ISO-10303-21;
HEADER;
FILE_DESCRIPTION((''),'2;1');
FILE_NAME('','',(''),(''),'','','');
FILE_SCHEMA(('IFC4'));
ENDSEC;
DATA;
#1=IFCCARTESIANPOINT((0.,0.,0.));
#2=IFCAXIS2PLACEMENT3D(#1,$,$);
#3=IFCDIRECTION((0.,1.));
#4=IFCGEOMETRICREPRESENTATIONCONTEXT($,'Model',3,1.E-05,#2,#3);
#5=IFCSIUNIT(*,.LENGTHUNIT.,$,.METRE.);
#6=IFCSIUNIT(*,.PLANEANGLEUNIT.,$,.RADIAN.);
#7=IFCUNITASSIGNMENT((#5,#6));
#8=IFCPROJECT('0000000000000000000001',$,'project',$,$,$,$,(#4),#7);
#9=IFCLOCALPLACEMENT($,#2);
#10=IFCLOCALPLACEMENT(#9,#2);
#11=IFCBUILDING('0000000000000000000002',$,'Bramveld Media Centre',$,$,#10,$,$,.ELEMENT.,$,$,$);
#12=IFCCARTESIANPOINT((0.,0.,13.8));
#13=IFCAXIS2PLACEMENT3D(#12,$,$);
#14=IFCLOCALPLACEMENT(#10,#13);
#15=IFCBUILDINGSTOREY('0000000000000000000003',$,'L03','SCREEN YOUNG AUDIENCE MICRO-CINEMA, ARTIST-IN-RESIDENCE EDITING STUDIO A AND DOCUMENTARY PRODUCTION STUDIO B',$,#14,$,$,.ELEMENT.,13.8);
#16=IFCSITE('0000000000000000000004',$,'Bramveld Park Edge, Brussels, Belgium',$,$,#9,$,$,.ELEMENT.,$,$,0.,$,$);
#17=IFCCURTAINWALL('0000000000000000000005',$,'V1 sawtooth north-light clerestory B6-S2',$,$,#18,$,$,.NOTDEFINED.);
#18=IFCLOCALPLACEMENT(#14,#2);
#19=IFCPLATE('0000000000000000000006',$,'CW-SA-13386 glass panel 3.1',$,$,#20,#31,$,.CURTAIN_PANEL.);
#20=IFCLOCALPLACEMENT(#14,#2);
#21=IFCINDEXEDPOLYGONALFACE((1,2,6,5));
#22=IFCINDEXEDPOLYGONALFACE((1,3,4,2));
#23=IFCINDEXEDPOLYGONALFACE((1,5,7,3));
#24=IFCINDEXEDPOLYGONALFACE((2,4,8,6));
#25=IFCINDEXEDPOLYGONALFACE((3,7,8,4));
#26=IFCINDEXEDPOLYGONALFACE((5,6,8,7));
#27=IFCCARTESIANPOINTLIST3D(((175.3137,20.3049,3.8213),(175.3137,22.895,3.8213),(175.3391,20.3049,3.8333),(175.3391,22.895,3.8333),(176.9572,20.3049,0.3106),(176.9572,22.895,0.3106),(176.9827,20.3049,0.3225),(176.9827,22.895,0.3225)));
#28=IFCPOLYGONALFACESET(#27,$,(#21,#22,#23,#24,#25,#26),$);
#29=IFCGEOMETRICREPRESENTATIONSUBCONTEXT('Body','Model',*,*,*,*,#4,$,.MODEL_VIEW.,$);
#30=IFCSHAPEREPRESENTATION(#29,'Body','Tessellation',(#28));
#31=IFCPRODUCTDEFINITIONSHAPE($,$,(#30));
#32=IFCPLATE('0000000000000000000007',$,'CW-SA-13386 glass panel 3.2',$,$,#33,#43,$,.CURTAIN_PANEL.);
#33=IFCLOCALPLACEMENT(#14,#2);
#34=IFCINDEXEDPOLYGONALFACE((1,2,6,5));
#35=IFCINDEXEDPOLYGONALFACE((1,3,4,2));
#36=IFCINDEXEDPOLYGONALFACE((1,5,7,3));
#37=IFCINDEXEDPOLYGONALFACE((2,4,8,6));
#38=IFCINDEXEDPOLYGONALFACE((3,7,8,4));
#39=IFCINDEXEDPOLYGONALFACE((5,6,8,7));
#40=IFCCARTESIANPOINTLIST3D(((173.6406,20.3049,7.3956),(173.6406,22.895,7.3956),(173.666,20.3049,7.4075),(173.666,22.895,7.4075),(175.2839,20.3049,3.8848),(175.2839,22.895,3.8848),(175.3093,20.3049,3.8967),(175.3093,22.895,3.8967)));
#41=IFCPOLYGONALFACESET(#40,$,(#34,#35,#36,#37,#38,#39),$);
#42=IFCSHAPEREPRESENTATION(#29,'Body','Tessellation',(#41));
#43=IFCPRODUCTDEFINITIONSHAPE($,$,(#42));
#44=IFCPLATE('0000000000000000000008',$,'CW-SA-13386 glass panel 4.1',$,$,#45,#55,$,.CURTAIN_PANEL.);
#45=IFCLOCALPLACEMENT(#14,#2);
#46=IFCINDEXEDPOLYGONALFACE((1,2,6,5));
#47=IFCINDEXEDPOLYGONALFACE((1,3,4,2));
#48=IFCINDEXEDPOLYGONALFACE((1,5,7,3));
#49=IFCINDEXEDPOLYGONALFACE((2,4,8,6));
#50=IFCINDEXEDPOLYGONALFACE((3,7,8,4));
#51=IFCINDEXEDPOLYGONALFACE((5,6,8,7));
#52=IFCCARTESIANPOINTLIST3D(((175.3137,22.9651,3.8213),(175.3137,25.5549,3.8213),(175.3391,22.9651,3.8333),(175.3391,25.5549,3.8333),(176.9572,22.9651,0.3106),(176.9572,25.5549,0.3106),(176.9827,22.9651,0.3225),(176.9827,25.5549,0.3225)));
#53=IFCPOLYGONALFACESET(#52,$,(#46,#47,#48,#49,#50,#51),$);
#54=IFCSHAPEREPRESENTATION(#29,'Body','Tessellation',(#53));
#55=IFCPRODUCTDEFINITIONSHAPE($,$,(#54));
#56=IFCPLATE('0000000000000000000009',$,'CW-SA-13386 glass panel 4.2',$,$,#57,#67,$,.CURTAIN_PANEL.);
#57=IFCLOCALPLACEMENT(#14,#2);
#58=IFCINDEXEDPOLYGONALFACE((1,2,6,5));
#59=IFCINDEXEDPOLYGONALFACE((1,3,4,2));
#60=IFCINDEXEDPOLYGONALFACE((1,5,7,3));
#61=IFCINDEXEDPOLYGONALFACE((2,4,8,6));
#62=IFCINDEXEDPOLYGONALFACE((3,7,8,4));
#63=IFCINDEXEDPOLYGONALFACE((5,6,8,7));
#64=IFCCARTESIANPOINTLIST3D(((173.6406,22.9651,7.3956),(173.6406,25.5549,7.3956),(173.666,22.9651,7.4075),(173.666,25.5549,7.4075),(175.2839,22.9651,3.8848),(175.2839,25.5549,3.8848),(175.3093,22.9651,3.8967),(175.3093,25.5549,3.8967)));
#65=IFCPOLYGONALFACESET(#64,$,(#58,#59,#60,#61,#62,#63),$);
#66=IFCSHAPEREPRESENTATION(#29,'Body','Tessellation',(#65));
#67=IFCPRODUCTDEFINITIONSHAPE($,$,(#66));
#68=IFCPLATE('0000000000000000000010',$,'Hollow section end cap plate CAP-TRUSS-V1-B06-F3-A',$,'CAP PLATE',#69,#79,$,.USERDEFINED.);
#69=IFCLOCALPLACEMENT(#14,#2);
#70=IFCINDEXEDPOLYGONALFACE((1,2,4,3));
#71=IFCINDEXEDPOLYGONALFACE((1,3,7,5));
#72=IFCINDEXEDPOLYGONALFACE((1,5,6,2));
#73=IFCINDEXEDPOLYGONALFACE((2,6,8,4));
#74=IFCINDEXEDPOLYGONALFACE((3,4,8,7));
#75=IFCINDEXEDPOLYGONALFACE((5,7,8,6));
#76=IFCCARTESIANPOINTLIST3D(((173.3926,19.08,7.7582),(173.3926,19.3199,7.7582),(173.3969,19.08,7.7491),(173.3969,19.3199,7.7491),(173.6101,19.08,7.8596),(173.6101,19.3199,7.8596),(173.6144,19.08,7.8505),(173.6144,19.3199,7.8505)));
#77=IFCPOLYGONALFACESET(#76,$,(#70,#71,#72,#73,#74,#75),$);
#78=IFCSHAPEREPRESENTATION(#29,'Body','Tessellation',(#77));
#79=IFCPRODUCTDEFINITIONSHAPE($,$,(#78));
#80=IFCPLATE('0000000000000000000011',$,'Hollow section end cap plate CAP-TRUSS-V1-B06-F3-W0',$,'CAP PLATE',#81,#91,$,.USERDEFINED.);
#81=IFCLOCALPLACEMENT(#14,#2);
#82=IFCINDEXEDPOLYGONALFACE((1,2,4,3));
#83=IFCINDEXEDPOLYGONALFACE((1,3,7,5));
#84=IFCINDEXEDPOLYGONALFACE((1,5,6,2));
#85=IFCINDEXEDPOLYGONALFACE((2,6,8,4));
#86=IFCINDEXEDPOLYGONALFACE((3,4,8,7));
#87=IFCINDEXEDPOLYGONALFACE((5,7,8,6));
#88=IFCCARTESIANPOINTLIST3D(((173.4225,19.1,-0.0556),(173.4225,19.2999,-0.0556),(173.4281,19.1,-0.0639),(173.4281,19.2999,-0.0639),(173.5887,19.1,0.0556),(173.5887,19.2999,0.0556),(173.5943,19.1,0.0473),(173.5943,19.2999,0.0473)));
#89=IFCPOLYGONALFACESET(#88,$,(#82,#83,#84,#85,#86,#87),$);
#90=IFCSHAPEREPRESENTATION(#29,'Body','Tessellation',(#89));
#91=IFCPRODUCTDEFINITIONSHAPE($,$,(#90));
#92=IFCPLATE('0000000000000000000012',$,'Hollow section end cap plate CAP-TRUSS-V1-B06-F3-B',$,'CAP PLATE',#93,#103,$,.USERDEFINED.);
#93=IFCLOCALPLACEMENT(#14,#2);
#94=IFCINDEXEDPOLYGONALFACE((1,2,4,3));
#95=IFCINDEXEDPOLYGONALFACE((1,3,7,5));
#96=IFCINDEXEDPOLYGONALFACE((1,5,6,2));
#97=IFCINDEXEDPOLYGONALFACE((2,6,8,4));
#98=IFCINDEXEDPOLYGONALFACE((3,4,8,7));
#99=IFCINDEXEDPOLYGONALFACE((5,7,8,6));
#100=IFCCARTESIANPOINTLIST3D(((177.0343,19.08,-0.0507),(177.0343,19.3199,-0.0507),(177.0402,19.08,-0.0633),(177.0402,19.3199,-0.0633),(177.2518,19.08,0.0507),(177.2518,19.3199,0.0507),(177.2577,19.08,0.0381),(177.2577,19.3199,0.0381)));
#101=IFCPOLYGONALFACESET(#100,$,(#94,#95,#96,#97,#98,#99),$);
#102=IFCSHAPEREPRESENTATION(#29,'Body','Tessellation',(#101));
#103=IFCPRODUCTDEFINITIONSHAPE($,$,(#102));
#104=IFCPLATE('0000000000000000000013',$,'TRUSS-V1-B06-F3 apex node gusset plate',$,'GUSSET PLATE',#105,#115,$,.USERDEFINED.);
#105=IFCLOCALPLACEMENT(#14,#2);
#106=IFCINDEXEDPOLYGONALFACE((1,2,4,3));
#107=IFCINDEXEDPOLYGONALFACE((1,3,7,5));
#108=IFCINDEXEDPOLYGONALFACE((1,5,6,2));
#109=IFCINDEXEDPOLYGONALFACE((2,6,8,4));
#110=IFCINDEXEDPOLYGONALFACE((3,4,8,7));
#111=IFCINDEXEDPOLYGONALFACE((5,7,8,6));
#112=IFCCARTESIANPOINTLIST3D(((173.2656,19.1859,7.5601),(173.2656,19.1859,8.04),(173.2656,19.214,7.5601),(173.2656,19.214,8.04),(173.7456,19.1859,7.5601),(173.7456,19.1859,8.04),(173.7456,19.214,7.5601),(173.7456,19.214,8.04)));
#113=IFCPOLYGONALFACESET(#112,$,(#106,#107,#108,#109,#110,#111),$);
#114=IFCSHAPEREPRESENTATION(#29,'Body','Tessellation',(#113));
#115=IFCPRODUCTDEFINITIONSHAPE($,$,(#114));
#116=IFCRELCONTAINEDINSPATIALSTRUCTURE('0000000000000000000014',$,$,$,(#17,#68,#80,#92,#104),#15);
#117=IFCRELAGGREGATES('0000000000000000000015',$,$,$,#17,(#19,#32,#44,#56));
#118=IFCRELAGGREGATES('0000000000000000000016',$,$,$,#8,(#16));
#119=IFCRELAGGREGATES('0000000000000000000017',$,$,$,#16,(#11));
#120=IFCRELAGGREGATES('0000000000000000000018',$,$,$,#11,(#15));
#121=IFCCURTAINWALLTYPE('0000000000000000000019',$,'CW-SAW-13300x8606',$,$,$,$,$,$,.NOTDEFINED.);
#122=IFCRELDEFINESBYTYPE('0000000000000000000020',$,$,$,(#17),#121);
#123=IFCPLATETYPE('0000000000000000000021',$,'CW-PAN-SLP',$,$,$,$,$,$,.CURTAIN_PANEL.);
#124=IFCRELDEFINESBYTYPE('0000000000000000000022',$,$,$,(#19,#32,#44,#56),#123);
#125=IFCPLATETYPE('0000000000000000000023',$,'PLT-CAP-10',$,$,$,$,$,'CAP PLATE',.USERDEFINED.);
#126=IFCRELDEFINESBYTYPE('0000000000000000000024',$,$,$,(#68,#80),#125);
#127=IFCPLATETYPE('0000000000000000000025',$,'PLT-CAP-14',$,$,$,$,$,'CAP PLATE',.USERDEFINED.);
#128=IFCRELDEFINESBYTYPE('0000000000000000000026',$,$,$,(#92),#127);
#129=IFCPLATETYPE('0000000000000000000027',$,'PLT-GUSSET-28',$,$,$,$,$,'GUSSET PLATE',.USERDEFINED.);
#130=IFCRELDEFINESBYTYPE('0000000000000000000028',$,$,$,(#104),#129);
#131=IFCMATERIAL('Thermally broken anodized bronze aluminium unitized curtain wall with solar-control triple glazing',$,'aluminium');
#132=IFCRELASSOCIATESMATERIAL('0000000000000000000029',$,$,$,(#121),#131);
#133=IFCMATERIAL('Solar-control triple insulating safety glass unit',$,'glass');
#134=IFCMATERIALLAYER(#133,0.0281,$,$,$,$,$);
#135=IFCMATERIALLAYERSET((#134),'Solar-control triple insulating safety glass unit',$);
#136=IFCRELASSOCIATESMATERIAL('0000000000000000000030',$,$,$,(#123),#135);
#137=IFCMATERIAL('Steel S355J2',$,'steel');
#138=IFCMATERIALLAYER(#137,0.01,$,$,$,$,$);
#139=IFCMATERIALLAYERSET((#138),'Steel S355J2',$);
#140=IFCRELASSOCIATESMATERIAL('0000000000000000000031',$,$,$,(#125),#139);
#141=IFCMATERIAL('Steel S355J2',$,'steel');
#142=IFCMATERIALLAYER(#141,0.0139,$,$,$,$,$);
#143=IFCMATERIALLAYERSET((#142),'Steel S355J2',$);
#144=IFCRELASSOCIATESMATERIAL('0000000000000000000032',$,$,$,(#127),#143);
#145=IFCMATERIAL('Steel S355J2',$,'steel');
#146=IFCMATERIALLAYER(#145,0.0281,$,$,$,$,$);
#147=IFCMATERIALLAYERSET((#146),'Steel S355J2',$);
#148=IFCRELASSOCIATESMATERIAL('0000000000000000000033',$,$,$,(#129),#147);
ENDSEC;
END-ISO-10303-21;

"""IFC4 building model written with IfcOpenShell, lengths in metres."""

from ifc_helpers import new_model, si_unit, direction, frame, origin, origin_2d, place, context, subcontext, project, spatial, polyline, rectangle, outline, extrude, material, layer, layer_set, type_object, element, aggregate, save


model = new_model("IFC4")

# Units and contexts
model_context = context("Model", 3, precision=1e-05, world=origin(), true_north=direction((0.0, 1.0)))
body_context = subcontext(model_context, "Body", "Model", "MODEL_VIEW")
ifc_project = project(units=[si_unit("LENGTHUNIT", "METRE"), si_unit("PLANEANGLEUNIT", "RADIAN")], contexts=[model_context])

# Site, building, storey
site_placement = place(None, origin())
site = spatial("IfcSite", under=ifc_project, at=site_placement, Name="Bramveld Park Edge, Brussels, Belgium", CompositionType="ELEMENT", RefElevation=0.0)
building_placement = place(site_placement, origin())
building = spatial("IfcBuilding", under=site, at=building_placement, Name="Bramveld Media Centre", CompositionType="ELEMENT")
storey_placement = place(building_placement, frame((0.0, 0.0, 13.8)))
storey = spatial("IfcBuildingStorey", under=building, at=storey_placement, Name="L03", Description="SCREEN YOUNG AUDIENCE MICRO-CINEMA, ARTIST-IN-RESIDENCE EDITING STUDIO A AND DOCUMENTARY PRODUCTION STUDIO B", CompositionType="ELEMENT", Elevation=13.8)

# Curtain wall
ifc_material_1 = material(Name="Thermally broken anodized bronze aluminium unitized curtain wall with solar-control triple glazing", Category="aluminium")
curtain_wall_type = type_object("IfcCurtainWallType", Name="CW-SAW-13300x8606", PredefinedType="NOTDEFINED", material=ifc_material_1)
curtain_wall_placement = place(storey_placement, origin())
curtain_wall = element("IfcCurtainWall", 1, at=curtain_wall_placement, inside=storey, type_object=curtain_wall_type, Name="V1 sawtooth north-light clerestory B6-S2", PredefinedType="NOTDEFINED")

# Plates
ifc_material_2 = material(Name="Solar-control triple insulating safety glass unit", Category="glass")
ifc_layer_1 = layer(ifc_material_2, 0.0281)
ifc_layer_set_1 = layer_set([ifc_layer_1], Name="Solar-control triple insulating safety glass unit")
plate_type_1 = type_object("IfcPlateType", Name="CW-PAN-SLP", PredefinedType="CURTAIN_PANEL", material=ifc_layer_set_1)
plate_1_placement = place(storey_placement, frame((176.9827, 20.3049, 0.3225), z_axis=(0.905668, 0.0, 0.423988), x_axis=(0.0, 1.0, 0.0)))
plate_1 = element("IfcPlate", 2, at=plate_1_placement, type_object=plate_type_1, Name="CW-SA-13386 glass panel 3.1", PredefinedType="CURTAIN_PANEL", context=body_context, shape_type="SweptSolid", body=[
    extrude(outline(polyline([(0.0, 0.0), (2.5901, 0.0), (2.5901, 3.8764), (0.0, 3.8764), (0.0, 0.0)])), origin(), (0.0, 0.0, -1.0), 0.0281),
])
plate_2_placement = place(storey_placement, frame((175.3093, 20.3049, 3.8967), z_axis=(0.905692, 0.0, 0.423937), x_axis=(0.0, 1.0, 0.0)))
plate_2 = element("IfcPlate", 3, at=plate_2_placement, type_object=plate_type_1, Name="CW-SA-13386 glass panel 3.2", PredefinedType="CURTAIN_PANEL", context=body_context, shape_type="SweptSolid", body=[
    extrude(outline(polyline([(0.0, 0.0), (2.5901, 0.0), (2.5901, 3.8763), (0.0, 3.8763), (0.0, 0.0)])), origin(), (0.0, 0.0, -1.0), 0.0281),
])
plate_3_placement = place(storey_placement, frame((176.9827, 22.9651, 0.3225), z_axis=(0.905668, 0.0, 0.423988), x_axis=(0.0, 1.0, 0.0)))
plate_3 = element("IfcPlate", 4, at=plate_3_placement, type_object=plate_type_1, Name="CW-SA-13386 glass panel 4.1", PredefinedType="CURTAIN_PANEL", context=body_context, shape_type="SweptSolid", body=[
    extrude(outline(polyline([(0.0, 0.0), (2.5898, 0.0), (2.5898, 3.8764), (0.0, 3.8764), (0.0, 0.0)])), origin(), (0.0, 0.0, -1.0), 0.0281),
])
plate_4_placement = place(storey_placement, frame((175.3093, 22.9651, 3.8967), z_axis=(0.905692, 0.0, 0.423937), x_axis=(0.0, 1.0, 0.0)))
plate_4 = element("IfcPlate", 5, at=plate_4_placement, type_object=plate_type_1, Name="CW-SA-13386 glass panel 4.2", PredefinedType="CURTAIN_PANEL", context=body_context, shape_type="SweptSolid", body=[
    extrude(outline(polyline([(0.0, 0.0), (2.5898, 0.0), (2.5898, 3.8763), (0.0, 3.8763), (0.0, 0.0)])), origin(), (0.0, 0.0, -1.0), 0.0281),
])
aggregate(curtain_wall, [plate_1, plate_2, plate_3, plate_4])

# Plates
ifc_material_3 = material(Name="Steel S355J2", Category="steel")
ifc_layer_2 = layer(ifc_material_3, 0.01)
ifc_layer_set_2 = layer_set([ifc_layer_2], Name="Steel S355J2")
plate_type_2 = type_object("IfcPlateType", Name="PLT-CAP-10", ElementType="CAP PLATE", PredefinedType="USERDEFINED", material=ifc_layer_set_2)
plate_5_placement = place(storey_placement, frame((173.5056, 19.2, 7.7998), z_axis=(-0.422628, 0.0, 0.906303), x_axis=(0.0, -1.0, 0.0)))
element("IfcPlate", 6, at=plate_5_placement, inside=storey, type_object=plate_type_2, Name="Hollow section end cap plate CAP-TRUSS-V1-B06-F3-A", ObjectType="CAP PLATE", PredefinedType="USERDEFINED", context=body_context, shape_type="SweptSolid", body=[
    extrude(rectangle(XDim=0.24, YDim=0.24, at=origin_2d()), origin(), (0.0, 0.0, 1.0), 0.01),
])
plate_6_placement = place(storey_placement, frame((173.5056, 19.2, 0.0), z_axis=(0.556175, 0.0, -0.831065), x_axis=(0.0, 1.0, 0.0)))
element("IfcPlate", 7, at=plate_6_placement, inside=storey, type_object=plate_type_2, Name="Hollow section end cap plate CAP-TRUSS-V1-B06-F3-W0", ObjectType="CAP PLATE", PredefinedType="USERDEFINED", context=body_context, shape_type="SweptSolid", body=[
    extrude(rectangle(XDim=0.2, YDim=0.2, at=origin_2d()), origin(), (0.0, 0.0, 1.0), 0.01),
])
ifc_material_4 = material(Name="Steel S355J2", Category="steel")
ifc_layer_3 = layer(ifc_material_4, 0.0139)
ifc_layer_set_3 = layer_set([ifc_layer_3], Name="Steel S355J2")
plate_type_3 = type_object("IfcPlateType", Name="PLT-CAP-14", ElementType="CAP PLATE", PredefinedType="USERDEFINED", material=ifc_layer_set_3)
plate_7_placement = place(storey_placement, frame((177.1431, 19.2, 0.0), z_axis=(0.422628, 0.0, -0.906303), x_axis=(0.0, 1.0, 0.0)))
element("IfcPlate", 8, at=plate_7_placement, inside=storey, type_object=plate_type_3, Name="Hollow section end cap plate CAP-TRUSS-V1-B06-F3-B", ObjectType="CAP PLATE", PredefinedType="USERDEFINED", context=body_context, shape_type="SweptSolid", body=[
    extrude(rectangle(XDim=0.24, YDim=0.24, at=origin_2d()), origin(), (0.0, 0.0, 1.0), 0.0139),
])
ifc_material_5 = material(Name="Steel S355J2", Category="steel")
ifc_layer_4 = layer(ifc_material_5, 0.0281)
ifc_layer_set_4 = layer_set([ifc_layer_4], Name="Steel S355J2")
plate_type_4 = type_object("IfcPlateType", Name="PLT-GUSSET-28", ElementType="GUSSET PLATE", PredefinedType="USERDEFINED", material=ifc_layer_set_4)
plate_8_placement = place(storey_placement, frame((173.5056, 19.2, 7.5601), z_axis=(0.0, 0.0, 1.0), x_axis=(1.0, 0.0, 0.0)))
element("IfcPlate", 9, at=plate_8_placement, inside=storey, type_object=plate_type_4, Name="TRUSS-V1-B06-F3 apex node gusset plate", ObjectType="GUSSET PLATE", PredefinedType="USERDEFINED", context=body_context, shape_type="SweptSolid", body=[
    extrude(rectangle(XDim=0.48, YDim=0.0281, at=origin_2d()), origin(), (0.0, 0.0, 1.0), 0.48),
])

save(model, "model.ifc")
